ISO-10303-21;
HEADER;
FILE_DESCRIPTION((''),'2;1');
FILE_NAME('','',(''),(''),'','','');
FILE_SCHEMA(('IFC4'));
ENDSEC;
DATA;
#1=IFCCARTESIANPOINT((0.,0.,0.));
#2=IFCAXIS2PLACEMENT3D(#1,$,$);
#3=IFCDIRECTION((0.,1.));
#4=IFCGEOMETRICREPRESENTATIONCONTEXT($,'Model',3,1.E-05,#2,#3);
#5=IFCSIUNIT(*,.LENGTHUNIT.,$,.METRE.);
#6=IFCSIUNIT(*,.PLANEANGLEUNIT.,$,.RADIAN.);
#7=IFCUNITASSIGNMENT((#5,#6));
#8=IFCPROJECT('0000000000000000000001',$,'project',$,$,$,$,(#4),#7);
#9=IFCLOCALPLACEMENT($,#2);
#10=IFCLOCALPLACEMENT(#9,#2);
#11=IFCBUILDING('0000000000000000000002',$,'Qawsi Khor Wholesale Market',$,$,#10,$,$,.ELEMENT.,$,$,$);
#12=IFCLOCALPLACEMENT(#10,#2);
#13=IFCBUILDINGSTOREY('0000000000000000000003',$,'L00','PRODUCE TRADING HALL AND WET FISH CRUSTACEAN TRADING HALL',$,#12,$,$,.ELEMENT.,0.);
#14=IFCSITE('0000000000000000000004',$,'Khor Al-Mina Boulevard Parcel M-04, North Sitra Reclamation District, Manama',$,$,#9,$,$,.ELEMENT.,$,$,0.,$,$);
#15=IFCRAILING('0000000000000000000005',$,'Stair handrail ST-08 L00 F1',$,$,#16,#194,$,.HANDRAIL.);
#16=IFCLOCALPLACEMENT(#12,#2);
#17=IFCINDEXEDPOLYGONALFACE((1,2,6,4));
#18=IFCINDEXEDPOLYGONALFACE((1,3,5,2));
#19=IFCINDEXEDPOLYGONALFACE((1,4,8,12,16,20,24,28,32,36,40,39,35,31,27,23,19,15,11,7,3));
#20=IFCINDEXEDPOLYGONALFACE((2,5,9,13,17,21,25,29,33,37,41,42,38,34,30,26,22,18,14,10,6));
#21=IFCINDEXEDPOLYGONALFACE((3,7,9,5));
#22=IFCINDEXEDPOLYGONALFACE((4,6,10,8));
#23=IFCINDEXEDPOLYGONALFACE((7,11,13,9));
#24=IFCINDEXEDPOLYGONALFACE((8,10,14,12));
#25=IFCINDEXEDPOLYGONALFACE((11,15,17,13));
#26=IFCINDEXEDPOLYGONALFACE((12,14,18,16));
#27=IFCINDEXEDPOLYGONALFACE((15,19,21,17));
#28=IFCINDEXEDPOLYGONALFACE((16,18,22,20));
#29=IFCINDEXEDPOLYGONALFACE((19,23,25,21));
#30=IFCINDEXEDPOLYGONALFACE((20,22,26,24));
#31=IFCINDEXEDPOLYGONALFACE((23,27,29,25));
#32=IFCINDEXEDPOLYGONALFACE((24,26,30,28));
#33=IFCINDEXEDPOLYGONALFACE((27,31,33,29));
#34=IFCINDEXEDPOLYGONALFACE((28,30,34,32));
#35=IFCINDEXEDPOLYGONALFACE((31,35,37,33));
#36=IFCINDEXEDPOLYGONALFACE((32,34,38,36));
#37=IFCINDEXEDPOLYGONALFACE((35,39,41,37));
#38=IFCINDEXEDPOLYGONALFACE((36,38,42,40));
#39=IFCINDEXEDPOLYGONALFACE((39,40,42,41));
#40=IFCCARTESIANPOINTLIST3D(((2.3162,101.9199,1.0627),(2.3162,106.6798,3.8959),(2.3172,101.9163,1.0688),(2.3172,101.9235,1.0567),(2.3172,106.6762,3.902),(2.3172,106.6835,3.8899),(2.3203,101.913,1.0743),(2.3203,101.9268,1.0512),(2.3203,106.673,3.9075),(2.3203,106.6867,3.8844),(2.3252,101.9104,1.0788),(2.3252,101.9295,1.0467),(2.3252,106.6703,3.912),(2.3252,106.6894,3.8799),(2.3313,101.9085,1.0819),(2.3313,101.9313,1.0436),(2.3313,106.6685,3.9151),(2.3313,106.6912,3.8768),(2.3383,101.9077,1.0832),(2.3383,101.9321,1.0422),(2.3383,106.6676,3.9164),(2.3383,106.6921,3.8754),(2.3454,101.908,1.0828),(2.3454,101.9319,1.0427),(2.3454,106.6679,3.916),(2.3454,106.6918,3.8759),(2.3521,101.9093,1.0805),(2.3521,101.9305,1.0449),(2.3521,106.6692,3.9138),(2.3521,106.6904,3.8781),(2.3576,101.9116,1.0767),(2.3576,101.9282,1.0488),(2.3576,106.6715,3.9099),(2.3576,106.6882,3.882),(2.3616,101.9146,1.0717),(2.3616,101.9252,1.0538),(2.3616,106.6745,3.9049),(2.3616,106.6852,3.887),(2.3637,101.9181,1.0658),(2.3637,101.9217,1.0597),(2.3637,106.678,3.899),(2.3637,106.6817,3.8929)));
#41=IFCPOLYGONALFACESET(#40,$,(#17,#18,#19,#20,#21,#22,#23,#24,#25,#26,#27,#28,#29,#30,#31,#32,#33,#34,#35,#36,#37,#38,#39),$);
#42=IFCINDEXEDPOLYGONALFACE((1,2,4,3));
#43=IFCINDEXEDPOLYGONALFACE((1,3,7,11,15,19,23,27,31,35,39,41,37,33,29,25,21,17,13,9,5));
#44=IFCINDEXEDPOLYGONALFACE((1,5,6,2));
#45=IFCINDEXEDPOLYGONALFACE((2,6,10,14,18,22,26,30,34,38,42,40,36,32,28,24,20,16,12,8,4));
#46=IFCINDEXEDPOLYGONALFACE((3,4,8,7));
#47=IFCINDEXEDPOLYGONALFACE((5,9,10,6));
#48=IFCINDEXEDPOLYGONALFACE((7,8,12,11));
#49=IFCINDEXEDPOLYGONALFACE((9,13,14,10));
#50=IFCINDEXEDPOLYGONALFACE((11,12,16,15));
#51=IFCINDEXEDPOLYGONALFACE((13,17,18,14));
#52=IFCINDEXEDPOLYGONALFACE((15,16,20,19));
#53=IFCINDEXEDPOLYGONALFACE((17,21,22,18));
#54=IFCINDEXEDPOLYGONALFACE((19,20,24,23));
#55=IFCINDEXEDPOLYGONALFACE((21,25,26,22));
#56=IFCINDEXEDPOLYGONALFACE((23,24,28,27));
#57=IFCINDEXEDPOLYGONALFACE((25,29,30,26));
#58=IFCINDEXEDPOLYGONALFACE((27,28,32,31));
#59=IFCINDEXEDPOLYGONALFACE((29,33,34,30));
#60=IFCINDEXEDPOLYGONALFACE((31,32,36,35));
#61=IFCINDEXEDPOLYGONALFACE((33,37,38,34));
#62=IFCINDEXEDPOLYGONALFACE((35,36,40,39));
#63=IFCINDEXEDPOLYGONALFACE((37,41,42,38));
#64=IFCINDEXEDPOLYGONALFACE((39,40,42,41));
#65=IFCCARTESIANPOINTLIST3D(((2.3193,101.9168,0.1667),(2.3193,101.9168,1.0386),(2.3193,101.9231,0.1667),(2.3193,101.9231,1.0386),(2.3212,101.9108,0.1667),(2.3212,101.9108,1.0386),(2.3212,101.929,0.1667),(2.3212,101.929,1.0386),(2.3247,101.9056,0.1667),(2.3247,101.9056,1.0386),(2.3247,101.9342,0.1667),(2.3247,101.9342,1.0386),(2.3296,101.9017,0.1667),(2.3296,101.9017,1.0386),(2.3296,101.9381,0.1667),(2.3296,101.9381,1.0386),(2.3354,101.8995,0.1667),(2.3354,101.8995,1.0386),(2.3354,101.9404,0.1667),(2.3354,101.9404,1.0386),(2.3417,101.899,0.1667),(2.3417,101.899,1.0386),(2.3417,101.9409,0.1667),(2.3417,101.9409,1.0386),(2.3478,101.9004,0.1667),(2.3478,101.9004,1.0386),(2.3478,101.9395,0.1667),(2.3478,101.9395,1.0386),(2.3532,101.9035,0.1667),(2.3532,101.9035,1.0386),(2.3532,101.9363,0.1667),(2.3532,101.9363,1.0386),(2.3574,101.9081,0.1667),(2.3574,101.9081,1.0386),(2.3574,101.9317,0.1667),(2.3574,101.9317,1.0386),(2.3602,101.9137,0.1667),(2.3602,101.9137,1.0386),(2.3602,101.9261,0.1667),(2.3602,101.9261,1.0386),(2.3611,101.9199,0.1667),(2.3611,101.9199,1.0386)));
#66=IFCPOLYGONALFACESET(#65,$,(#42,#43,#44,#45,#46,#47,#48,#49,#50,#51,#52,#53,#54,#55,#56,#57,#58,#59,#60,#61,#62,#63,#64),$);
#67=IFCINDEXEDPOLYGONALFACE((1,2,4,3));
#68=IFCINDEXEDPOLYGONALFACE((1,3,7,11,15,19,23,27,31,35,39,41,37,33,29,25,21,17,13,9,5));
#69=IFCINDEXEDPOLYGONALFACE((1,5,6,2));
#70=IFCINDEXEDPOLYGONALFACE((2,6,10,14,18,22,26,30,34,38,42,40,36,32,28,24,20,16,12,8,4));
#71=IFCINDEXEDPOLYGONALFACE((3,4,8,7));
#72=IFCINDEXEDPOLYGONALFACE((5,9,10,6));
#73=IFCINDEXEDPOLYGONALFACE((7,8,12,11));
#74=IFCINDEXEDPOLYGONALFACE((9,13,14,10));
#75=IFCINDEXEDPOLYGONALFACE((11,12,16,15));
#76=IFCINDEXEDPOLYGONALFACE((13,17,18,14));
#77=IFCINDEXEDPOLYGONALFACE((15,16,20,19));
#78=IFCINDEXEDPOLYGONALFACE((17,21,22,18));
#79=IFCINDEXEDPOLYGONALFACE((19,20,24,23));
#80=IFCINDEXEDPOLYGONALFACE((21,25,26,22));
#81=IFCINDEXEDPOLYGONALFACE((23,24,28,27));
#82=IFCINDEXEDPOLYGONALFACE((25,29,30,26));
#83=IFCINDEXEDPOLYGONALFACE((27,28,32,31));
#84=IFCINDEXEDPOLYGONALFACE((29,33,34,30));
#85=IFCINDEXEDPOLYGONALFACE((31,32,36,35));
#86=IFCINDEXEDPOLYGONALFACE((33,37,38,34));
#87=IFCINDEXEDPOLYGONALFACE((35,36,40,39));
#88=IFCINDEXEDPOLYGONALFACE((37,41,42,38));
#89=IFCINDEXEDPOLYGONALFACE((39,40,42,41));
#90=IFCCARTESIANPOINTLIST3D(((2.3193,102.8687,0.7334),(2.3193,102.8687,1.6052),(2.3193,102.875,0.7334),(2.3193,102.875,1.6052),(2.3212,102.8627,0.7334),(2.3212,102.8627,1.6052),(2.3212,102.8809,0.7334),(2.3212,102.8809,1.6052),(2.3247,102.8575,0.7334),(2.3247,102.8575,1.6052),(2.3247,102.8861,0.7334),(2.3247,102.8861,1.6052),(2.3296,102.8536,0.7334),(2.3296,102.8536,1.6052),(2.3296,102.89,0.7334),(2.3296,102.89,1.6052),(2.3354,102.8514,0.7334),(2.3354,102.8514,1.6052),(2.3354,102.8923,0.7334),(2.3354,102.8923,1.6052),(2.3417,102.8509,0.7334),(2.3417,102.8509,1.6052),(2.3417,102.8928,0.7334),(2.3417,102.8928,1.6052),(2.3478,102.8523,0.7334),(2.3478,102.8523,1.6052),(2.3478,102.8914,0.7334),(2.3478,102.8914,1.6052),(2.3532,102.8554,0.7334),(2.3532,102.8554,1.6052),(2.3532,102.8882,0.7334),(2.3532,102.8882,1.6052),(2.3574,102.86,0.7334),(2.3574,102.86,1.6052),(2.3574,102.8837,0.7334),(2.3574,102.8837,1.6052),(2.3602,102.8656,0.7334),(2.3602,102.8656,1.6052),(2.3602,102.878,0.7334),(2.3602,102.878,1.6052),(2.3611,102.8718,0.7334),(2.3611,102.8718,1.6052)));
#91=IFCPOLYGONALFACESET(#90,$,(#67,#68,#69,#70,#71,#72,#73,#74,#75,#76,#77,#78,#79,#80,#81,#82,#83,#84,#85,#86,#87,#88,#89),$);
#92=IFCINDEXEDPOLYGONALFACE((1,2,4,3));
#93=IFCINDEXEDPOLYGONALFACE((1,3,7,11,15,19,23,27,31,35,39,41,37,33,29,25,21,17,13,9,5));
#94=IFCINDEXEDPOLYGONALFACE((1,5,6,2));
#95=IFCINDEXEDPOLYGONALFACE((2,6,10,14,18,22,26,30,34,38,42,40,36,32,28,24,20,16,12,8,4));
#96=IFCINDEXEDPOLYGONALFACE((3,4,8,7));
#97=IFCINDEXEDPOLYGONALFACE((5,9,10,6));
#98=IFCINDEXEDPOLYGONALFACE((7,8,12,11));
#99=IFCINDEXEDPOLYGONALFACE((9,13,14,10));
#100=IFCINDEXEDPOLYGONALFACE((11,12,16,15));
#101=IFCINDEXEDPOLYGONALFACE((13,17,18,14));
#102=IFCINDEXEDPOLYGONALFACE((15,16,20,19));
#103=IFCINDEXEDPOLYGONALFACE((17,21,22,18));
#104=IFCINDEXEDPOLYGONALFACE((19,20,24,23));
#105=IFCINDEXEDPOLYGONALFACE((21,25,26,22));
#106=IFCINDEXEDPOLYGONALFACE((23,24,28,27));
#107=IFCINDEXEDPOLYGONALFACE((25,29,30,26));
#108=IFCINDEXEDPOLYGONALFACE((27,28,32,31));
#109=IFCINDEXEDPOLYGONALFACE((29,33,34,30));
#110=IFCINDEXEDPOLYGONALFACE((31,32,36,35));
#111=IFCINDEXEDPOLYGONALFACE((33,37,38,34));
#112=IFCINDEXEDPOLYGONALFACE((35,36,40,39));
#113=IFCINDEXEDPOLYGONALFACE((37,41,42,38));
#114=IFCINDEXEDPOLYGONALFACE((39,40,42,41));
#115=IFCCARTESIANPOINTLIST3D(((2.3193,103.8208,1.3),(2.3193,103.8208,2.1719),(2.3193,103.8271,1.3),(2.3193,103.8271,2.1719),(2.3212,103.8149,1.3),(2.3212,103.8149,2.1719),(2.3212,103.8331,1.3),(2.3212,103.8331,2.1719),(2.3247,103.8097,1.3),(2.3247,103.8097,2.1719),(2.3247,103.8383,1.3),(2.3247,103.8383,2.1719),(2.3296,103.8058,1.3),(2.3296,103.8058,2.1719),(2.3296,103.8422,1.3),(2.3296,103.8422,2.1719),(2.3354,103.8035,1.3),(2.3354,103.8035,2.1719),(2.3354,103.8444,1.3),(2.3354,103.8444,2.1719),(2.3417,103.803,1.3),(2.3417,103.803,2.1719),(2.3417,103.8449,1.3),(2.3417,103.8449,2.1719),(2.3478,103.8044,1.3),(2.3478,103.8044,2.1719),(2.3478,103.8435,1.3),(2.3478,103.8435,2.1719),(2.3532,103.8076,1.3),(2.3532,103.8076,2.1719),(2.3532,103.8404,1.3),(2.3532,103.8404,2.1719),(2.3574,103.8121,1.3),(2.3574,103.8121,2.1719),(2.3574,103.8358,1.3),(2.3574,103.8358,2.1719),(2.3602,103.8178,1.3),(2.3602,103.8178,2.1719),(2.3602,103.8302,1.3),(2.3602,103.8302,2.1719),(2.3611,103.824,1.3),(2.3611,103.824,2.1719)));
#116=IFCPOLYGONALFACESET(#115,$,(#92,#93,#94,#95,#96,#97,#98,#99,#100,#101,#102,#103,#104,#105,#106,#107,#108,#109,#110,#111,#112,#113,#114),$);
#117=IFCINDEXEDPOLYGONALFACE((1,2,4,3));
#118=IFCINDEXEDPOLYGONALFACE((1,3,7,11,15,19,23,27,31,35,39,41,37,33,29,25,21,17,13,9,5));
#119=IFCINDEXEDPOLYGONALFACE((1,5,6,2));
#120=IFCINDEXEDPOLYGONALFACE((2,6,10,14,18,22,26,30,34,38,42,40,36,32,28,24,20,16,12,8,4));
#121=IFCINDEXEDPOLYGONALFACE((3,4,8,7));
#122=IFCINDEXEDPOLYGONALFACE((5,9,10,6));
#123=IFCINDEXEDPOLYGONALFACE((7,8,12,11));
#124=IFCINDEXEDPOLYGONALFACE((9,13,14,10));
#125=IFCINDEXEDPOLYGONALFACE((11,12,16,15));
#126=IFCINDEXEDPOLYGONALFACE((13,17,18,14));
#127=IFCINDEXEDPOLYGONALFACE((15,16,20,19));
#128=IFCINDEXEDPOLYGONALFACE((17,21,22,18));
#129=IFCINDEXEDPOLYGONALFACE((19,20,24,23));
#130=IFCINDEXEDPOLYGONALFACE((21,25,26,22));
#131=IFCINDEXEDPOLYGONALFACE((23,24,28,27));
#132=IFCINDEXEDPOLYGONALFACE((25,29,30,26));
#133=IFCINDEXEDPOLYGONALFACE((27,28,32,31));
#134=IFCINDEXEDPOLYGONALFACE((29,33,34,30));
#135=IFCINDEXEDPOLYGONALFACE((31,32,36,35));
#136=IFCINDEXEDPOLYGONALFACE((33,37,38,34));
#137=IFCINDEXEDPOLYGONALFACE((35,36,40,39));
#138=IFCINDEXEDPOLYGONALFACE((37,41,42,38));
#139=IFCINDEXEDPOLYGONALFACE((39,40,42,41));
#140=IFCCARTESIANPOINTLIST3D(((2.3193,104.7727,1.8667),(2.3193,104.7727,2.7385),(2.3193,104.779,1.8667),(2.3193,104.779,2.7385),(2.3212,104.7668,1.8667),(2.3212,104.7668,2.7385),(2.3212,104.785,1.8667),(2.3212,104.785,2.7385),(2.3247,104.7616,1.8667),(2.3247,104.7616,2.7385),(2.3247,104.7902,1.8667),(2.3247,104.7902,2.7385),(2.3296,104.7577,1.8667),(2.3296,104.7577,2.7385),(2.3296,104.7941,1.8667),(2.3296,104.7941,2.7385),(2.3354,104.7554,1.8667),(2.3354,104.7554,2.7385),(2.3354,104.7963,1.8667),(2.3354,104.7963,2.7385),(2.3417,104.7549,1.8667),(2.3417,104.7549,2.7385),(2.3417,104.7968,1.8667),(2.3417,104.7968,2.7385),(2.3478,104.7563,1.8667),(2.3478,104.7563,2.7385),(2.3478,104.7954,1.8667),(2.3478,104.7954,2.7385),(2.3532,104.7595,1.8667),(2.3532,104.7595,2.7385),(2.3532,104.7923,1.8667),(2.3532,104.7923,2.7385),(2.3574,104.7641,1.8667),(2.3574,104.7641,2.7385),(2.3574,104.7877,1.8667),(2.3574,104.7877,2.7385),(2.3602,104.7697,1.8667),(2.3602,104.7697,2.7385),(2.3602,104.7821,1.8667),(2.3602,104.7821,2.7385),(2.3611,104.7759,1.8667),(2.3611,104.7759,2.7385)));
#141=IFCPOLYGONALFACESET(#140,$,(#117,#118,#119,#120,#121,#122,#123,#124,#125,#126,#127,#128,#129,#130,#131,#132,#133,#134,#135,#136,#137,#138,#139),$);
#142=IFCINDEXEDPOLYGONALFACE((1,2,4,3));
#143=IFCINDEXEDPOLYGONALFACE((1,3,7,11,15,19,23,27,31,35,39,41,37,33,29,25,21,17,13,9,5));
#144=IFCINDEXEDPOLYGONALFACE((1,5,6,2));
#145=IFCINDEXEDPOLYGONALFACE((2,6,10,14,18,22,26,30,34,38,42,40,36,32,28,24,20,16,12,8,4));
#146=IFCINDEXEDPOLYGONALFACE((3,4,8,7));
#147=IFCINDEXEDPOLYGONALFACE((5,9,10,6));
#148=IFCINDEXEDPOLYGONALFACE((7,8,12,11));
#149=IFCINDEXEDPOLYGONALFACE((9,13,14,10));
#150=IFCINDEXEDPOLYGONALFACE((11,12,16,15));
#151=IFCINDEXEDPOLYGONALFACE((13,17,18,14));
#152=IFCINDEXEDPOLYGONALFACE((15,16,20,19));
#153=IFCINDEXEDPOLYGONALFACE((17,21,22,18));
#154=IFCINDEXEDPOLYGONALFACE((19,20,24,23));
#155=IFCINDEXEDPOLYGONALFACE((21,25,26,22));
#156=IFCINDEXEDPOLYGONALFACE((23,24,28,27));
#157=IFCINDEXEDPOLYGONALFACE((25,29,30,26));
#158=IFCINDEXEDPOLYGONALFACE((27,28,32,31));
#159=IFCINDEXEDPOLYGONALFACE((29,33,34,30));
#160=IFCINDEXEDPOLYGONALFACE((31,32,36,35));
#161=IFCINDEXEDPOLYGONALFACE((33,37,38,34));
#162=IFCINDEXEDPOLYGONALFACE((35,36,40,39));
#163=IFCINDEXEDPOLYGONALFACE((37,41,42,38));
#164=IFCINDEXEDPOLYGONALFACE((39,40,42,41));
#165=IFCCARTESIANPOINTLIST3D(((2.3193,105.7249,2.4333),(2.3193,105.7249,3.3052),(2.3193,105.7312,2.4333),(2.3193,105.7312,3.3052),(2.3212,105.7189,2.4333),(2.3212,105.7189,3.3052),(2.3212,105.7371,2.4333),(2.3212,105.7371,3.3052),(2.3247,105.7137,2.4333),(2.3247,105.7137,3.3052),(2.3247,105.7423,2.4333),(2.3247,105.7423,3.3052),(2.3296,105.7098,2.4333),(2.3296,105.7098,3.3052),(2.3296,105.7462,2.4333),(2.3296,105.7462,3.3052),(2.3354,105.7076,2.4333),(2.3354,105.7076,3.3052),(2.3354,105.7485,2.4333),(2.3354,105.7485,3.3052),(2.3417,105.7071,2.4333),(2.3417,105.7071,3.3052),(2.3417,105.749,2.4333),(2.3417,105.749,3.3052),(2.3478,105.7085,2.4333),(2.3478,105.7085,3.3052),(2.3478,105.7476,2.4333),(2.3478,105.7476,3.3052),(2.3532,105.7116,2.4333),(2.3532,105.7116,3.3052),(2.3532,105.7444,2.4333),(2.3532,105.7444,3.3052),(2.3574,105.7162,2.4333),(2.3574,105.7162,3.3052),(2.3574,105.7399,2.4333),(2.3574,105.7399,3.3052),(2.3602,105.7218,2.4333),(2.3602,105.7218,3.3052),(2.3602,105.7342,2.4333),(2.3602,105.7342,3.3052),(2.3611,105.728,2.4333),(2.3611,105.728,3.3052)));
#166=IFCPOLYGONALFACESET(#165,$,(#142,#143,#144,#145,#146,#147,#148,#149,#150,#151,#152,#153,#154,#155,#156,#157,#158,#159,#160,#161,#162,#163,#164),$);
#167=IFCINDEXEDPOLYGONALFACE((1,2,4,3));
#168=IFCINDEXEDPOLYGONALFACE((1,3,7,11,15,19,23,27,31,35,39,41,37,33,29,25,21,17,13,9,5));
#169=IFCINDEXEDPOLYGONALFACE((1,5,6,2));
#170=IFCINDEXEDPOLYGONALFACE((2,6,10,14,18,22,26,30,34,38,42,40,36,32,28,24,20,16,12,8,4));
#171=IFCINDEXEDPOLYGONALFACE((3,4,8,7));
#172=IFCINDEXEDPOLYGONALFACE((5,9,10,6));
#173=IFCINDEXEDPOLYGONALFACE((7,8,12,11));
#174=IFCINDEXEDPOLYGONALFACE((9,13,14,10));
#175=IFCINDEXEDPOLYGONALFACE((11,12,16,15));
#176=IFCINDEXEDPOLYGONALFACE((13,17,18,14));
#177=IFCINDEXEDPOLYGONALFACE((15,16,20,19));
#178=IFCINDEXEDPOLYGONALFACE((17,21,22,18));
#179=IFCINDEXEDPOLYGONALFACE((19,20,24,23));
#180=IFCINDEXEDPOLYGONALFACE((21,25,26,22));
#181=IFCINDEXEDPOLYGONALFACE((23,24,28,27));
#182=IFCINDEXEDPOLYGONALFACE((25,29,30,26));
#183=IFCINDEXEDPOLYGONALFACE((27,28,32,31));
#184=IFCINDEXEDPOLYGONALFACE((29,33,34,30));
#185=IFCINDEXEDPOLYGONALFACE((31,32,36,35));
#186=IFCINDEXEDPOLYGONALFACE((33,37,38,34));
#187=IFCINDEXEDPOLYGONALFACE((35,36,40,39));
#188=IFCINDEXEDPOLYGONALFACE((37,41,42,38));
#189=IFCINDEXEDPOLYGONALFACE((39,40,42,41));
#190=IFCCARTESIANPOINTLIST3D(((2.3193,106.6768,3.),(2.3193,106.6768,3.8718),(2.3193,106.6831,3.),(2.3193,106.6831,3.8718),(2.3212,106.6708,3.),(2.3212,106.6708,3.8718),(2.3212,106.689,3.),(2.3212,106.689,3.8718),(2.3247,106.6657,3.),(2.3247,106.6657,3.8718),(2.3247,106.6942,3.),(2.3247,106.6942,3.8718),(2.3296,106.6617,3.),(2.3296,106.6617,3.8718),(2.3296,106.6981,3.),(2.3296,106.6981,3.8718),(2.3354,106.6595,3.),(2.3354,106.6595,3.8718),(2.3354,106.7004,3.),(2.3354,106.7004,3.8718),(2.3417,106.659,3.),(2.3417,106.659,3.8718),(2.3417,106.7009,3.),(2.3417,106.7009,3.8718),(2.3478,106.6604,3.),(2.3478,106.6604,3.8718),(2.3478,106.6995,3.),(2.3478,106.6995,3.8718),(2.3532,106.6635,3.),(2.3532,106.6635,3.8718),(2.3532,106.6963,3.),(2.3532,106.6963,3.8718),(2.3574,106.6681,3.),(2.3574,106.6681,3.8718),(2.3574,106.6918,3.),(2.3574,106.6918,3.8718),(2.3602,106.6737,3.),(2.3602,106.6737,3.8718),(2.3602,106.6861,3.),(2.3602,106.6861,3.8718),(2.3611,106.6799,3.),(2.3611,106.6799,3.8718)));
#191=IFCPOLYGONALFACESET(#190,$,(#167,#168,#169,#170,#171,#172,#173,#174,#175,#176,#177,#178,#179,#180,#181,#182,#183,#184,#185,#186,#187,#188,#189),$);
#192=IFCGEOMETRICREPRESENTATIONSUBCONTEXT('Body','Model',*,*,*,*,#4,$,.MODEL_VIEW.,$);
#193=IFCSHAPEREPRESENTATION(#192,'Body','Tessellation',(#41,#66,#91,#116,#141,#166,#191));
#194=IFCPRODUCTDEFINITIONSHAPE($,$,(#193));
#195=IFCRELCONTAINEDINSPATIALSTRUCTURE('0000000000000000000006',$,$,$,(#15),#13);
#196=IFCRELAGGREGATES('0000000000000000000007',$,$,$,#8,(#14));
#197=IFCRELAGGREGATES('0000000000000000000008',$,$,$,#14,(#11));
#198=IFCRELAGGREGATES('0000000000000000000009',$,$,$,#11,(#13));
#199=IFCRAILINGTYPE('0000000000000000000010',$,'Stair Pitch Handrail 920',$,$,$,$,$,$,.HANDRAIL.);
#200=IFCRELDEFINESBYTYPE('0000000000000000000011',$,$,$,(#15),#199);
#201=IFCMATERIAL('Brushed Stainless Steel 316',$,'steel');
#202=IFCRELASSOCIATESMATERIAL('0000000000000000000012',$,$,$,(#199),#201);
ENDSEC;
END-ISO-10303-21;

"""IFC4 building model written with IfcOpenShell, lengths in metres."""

from ifc_helpers import new_model, si_unit, direction, frame, origin, origin_2d, place, context, subcontext, project, spatial, circle, extrude, material, type_object, element, save


model = new_model("IFC4")

# Units and contexts
model_context = context("Model", 3, precision=1e-05, world=origin(), true_north=direction((0.0, 1.0)))
body_context = subcontext(model_context, "Body", "Model", "MODEL_VIEW")
ifc_project = project(units=[si_unit("LENGTHUNIT", "METRE"), si_unit("PLANEANGLEUNIT", "RADIAN")], contexts=[model_context])

# Site, building, storey
site_placement = place(None, origin())
site = spatial("IfcSite", under=ifc_project, at=site_placement, Name="Khor Al-Mina Boulevard Parcel M-04, North Sitra Reclamation District, Manama", CompositionType="ELEMENT", RefElevation=0.0)
building_placement = place(site_placement, origin())
building = spatial("IfcBuilding", under=site, at=building_placement, Name="Qawsi Khor Wholesale Market", CompositionType="ELEMENT")
storey_placement = place(building_placement, origin())
storey = spatial("IfcBuildingStorey", under=building, at=storey_placement, Name="L00", Description="PRODUCE TRADING HALL AND WET FISH CRUSTACEAN TRADING HALL", CompositionType="ELEMENT", Elevation=0.0)

# Railing
ifc_material_1 = material(Name="Brushed Stainless Steel 316", Category="steel")
railing_type = type_object("IfcRailingType", Name="Stair Pitch Handrail 920", PredefinedType="HANDRAIL", material=ifc_material_1)
railing_1_placement = place(storey_placement, frame((2.3401, 101.9199, 0.1667)))
element("IfcRailing", 1, at=railing_1_placement, inside=storey, type_object=railing_type, Name="Stair handrail ST-08 L00 F1", PredefinedType="HANDRAIL", context=body_context, shape_type="SweptSolid", body=[
    extrude(circle(Radius=0.0239, at=origin_2d()), frame((0.0, 0.0, 0.896), z_axis=(0.0, 0.8593, 0.511472), x_axis=(-1.0, 0.0, 0.0)), (0.0, 0.0, 1.0), 5.5393),
    extrude(circle(Radius=0.021, at=origin_2d()), origin(), (0.0, 0.0, 1.0), 0.8718),
    extrude(circle(Radius=0.021, at=origin_2d()), frame((0.0, 0.9519, 0.5667)), (0.0, 0.0, 1.0), 0.8718),
    extrude(circle(Radius=0.021, at=origin_2d()), frame((0.0, 1.9041, 1.1333)), (0.0, 0.0, 1.0), 0.8718),
    extrude(circle(Radius=0.021, at=origin_2d()), frame((0.0, 2.856, 1.7)), (0.0, 0.0, 1.0), 0.8718),
    extrude(circle(Radius=0.021, at=origin_2d()), frame((0.0, 3.8081, 2.2666)), (0.0, 0.0, 1.0), 0.8718),
    extrude(circle(Radius=0.021, at=origin_2d()), frame((0.0, 4.76, 2.8333)), (0.0, 0.0, 1.0), 0.8718),
])

save(model, "model.ifc")
